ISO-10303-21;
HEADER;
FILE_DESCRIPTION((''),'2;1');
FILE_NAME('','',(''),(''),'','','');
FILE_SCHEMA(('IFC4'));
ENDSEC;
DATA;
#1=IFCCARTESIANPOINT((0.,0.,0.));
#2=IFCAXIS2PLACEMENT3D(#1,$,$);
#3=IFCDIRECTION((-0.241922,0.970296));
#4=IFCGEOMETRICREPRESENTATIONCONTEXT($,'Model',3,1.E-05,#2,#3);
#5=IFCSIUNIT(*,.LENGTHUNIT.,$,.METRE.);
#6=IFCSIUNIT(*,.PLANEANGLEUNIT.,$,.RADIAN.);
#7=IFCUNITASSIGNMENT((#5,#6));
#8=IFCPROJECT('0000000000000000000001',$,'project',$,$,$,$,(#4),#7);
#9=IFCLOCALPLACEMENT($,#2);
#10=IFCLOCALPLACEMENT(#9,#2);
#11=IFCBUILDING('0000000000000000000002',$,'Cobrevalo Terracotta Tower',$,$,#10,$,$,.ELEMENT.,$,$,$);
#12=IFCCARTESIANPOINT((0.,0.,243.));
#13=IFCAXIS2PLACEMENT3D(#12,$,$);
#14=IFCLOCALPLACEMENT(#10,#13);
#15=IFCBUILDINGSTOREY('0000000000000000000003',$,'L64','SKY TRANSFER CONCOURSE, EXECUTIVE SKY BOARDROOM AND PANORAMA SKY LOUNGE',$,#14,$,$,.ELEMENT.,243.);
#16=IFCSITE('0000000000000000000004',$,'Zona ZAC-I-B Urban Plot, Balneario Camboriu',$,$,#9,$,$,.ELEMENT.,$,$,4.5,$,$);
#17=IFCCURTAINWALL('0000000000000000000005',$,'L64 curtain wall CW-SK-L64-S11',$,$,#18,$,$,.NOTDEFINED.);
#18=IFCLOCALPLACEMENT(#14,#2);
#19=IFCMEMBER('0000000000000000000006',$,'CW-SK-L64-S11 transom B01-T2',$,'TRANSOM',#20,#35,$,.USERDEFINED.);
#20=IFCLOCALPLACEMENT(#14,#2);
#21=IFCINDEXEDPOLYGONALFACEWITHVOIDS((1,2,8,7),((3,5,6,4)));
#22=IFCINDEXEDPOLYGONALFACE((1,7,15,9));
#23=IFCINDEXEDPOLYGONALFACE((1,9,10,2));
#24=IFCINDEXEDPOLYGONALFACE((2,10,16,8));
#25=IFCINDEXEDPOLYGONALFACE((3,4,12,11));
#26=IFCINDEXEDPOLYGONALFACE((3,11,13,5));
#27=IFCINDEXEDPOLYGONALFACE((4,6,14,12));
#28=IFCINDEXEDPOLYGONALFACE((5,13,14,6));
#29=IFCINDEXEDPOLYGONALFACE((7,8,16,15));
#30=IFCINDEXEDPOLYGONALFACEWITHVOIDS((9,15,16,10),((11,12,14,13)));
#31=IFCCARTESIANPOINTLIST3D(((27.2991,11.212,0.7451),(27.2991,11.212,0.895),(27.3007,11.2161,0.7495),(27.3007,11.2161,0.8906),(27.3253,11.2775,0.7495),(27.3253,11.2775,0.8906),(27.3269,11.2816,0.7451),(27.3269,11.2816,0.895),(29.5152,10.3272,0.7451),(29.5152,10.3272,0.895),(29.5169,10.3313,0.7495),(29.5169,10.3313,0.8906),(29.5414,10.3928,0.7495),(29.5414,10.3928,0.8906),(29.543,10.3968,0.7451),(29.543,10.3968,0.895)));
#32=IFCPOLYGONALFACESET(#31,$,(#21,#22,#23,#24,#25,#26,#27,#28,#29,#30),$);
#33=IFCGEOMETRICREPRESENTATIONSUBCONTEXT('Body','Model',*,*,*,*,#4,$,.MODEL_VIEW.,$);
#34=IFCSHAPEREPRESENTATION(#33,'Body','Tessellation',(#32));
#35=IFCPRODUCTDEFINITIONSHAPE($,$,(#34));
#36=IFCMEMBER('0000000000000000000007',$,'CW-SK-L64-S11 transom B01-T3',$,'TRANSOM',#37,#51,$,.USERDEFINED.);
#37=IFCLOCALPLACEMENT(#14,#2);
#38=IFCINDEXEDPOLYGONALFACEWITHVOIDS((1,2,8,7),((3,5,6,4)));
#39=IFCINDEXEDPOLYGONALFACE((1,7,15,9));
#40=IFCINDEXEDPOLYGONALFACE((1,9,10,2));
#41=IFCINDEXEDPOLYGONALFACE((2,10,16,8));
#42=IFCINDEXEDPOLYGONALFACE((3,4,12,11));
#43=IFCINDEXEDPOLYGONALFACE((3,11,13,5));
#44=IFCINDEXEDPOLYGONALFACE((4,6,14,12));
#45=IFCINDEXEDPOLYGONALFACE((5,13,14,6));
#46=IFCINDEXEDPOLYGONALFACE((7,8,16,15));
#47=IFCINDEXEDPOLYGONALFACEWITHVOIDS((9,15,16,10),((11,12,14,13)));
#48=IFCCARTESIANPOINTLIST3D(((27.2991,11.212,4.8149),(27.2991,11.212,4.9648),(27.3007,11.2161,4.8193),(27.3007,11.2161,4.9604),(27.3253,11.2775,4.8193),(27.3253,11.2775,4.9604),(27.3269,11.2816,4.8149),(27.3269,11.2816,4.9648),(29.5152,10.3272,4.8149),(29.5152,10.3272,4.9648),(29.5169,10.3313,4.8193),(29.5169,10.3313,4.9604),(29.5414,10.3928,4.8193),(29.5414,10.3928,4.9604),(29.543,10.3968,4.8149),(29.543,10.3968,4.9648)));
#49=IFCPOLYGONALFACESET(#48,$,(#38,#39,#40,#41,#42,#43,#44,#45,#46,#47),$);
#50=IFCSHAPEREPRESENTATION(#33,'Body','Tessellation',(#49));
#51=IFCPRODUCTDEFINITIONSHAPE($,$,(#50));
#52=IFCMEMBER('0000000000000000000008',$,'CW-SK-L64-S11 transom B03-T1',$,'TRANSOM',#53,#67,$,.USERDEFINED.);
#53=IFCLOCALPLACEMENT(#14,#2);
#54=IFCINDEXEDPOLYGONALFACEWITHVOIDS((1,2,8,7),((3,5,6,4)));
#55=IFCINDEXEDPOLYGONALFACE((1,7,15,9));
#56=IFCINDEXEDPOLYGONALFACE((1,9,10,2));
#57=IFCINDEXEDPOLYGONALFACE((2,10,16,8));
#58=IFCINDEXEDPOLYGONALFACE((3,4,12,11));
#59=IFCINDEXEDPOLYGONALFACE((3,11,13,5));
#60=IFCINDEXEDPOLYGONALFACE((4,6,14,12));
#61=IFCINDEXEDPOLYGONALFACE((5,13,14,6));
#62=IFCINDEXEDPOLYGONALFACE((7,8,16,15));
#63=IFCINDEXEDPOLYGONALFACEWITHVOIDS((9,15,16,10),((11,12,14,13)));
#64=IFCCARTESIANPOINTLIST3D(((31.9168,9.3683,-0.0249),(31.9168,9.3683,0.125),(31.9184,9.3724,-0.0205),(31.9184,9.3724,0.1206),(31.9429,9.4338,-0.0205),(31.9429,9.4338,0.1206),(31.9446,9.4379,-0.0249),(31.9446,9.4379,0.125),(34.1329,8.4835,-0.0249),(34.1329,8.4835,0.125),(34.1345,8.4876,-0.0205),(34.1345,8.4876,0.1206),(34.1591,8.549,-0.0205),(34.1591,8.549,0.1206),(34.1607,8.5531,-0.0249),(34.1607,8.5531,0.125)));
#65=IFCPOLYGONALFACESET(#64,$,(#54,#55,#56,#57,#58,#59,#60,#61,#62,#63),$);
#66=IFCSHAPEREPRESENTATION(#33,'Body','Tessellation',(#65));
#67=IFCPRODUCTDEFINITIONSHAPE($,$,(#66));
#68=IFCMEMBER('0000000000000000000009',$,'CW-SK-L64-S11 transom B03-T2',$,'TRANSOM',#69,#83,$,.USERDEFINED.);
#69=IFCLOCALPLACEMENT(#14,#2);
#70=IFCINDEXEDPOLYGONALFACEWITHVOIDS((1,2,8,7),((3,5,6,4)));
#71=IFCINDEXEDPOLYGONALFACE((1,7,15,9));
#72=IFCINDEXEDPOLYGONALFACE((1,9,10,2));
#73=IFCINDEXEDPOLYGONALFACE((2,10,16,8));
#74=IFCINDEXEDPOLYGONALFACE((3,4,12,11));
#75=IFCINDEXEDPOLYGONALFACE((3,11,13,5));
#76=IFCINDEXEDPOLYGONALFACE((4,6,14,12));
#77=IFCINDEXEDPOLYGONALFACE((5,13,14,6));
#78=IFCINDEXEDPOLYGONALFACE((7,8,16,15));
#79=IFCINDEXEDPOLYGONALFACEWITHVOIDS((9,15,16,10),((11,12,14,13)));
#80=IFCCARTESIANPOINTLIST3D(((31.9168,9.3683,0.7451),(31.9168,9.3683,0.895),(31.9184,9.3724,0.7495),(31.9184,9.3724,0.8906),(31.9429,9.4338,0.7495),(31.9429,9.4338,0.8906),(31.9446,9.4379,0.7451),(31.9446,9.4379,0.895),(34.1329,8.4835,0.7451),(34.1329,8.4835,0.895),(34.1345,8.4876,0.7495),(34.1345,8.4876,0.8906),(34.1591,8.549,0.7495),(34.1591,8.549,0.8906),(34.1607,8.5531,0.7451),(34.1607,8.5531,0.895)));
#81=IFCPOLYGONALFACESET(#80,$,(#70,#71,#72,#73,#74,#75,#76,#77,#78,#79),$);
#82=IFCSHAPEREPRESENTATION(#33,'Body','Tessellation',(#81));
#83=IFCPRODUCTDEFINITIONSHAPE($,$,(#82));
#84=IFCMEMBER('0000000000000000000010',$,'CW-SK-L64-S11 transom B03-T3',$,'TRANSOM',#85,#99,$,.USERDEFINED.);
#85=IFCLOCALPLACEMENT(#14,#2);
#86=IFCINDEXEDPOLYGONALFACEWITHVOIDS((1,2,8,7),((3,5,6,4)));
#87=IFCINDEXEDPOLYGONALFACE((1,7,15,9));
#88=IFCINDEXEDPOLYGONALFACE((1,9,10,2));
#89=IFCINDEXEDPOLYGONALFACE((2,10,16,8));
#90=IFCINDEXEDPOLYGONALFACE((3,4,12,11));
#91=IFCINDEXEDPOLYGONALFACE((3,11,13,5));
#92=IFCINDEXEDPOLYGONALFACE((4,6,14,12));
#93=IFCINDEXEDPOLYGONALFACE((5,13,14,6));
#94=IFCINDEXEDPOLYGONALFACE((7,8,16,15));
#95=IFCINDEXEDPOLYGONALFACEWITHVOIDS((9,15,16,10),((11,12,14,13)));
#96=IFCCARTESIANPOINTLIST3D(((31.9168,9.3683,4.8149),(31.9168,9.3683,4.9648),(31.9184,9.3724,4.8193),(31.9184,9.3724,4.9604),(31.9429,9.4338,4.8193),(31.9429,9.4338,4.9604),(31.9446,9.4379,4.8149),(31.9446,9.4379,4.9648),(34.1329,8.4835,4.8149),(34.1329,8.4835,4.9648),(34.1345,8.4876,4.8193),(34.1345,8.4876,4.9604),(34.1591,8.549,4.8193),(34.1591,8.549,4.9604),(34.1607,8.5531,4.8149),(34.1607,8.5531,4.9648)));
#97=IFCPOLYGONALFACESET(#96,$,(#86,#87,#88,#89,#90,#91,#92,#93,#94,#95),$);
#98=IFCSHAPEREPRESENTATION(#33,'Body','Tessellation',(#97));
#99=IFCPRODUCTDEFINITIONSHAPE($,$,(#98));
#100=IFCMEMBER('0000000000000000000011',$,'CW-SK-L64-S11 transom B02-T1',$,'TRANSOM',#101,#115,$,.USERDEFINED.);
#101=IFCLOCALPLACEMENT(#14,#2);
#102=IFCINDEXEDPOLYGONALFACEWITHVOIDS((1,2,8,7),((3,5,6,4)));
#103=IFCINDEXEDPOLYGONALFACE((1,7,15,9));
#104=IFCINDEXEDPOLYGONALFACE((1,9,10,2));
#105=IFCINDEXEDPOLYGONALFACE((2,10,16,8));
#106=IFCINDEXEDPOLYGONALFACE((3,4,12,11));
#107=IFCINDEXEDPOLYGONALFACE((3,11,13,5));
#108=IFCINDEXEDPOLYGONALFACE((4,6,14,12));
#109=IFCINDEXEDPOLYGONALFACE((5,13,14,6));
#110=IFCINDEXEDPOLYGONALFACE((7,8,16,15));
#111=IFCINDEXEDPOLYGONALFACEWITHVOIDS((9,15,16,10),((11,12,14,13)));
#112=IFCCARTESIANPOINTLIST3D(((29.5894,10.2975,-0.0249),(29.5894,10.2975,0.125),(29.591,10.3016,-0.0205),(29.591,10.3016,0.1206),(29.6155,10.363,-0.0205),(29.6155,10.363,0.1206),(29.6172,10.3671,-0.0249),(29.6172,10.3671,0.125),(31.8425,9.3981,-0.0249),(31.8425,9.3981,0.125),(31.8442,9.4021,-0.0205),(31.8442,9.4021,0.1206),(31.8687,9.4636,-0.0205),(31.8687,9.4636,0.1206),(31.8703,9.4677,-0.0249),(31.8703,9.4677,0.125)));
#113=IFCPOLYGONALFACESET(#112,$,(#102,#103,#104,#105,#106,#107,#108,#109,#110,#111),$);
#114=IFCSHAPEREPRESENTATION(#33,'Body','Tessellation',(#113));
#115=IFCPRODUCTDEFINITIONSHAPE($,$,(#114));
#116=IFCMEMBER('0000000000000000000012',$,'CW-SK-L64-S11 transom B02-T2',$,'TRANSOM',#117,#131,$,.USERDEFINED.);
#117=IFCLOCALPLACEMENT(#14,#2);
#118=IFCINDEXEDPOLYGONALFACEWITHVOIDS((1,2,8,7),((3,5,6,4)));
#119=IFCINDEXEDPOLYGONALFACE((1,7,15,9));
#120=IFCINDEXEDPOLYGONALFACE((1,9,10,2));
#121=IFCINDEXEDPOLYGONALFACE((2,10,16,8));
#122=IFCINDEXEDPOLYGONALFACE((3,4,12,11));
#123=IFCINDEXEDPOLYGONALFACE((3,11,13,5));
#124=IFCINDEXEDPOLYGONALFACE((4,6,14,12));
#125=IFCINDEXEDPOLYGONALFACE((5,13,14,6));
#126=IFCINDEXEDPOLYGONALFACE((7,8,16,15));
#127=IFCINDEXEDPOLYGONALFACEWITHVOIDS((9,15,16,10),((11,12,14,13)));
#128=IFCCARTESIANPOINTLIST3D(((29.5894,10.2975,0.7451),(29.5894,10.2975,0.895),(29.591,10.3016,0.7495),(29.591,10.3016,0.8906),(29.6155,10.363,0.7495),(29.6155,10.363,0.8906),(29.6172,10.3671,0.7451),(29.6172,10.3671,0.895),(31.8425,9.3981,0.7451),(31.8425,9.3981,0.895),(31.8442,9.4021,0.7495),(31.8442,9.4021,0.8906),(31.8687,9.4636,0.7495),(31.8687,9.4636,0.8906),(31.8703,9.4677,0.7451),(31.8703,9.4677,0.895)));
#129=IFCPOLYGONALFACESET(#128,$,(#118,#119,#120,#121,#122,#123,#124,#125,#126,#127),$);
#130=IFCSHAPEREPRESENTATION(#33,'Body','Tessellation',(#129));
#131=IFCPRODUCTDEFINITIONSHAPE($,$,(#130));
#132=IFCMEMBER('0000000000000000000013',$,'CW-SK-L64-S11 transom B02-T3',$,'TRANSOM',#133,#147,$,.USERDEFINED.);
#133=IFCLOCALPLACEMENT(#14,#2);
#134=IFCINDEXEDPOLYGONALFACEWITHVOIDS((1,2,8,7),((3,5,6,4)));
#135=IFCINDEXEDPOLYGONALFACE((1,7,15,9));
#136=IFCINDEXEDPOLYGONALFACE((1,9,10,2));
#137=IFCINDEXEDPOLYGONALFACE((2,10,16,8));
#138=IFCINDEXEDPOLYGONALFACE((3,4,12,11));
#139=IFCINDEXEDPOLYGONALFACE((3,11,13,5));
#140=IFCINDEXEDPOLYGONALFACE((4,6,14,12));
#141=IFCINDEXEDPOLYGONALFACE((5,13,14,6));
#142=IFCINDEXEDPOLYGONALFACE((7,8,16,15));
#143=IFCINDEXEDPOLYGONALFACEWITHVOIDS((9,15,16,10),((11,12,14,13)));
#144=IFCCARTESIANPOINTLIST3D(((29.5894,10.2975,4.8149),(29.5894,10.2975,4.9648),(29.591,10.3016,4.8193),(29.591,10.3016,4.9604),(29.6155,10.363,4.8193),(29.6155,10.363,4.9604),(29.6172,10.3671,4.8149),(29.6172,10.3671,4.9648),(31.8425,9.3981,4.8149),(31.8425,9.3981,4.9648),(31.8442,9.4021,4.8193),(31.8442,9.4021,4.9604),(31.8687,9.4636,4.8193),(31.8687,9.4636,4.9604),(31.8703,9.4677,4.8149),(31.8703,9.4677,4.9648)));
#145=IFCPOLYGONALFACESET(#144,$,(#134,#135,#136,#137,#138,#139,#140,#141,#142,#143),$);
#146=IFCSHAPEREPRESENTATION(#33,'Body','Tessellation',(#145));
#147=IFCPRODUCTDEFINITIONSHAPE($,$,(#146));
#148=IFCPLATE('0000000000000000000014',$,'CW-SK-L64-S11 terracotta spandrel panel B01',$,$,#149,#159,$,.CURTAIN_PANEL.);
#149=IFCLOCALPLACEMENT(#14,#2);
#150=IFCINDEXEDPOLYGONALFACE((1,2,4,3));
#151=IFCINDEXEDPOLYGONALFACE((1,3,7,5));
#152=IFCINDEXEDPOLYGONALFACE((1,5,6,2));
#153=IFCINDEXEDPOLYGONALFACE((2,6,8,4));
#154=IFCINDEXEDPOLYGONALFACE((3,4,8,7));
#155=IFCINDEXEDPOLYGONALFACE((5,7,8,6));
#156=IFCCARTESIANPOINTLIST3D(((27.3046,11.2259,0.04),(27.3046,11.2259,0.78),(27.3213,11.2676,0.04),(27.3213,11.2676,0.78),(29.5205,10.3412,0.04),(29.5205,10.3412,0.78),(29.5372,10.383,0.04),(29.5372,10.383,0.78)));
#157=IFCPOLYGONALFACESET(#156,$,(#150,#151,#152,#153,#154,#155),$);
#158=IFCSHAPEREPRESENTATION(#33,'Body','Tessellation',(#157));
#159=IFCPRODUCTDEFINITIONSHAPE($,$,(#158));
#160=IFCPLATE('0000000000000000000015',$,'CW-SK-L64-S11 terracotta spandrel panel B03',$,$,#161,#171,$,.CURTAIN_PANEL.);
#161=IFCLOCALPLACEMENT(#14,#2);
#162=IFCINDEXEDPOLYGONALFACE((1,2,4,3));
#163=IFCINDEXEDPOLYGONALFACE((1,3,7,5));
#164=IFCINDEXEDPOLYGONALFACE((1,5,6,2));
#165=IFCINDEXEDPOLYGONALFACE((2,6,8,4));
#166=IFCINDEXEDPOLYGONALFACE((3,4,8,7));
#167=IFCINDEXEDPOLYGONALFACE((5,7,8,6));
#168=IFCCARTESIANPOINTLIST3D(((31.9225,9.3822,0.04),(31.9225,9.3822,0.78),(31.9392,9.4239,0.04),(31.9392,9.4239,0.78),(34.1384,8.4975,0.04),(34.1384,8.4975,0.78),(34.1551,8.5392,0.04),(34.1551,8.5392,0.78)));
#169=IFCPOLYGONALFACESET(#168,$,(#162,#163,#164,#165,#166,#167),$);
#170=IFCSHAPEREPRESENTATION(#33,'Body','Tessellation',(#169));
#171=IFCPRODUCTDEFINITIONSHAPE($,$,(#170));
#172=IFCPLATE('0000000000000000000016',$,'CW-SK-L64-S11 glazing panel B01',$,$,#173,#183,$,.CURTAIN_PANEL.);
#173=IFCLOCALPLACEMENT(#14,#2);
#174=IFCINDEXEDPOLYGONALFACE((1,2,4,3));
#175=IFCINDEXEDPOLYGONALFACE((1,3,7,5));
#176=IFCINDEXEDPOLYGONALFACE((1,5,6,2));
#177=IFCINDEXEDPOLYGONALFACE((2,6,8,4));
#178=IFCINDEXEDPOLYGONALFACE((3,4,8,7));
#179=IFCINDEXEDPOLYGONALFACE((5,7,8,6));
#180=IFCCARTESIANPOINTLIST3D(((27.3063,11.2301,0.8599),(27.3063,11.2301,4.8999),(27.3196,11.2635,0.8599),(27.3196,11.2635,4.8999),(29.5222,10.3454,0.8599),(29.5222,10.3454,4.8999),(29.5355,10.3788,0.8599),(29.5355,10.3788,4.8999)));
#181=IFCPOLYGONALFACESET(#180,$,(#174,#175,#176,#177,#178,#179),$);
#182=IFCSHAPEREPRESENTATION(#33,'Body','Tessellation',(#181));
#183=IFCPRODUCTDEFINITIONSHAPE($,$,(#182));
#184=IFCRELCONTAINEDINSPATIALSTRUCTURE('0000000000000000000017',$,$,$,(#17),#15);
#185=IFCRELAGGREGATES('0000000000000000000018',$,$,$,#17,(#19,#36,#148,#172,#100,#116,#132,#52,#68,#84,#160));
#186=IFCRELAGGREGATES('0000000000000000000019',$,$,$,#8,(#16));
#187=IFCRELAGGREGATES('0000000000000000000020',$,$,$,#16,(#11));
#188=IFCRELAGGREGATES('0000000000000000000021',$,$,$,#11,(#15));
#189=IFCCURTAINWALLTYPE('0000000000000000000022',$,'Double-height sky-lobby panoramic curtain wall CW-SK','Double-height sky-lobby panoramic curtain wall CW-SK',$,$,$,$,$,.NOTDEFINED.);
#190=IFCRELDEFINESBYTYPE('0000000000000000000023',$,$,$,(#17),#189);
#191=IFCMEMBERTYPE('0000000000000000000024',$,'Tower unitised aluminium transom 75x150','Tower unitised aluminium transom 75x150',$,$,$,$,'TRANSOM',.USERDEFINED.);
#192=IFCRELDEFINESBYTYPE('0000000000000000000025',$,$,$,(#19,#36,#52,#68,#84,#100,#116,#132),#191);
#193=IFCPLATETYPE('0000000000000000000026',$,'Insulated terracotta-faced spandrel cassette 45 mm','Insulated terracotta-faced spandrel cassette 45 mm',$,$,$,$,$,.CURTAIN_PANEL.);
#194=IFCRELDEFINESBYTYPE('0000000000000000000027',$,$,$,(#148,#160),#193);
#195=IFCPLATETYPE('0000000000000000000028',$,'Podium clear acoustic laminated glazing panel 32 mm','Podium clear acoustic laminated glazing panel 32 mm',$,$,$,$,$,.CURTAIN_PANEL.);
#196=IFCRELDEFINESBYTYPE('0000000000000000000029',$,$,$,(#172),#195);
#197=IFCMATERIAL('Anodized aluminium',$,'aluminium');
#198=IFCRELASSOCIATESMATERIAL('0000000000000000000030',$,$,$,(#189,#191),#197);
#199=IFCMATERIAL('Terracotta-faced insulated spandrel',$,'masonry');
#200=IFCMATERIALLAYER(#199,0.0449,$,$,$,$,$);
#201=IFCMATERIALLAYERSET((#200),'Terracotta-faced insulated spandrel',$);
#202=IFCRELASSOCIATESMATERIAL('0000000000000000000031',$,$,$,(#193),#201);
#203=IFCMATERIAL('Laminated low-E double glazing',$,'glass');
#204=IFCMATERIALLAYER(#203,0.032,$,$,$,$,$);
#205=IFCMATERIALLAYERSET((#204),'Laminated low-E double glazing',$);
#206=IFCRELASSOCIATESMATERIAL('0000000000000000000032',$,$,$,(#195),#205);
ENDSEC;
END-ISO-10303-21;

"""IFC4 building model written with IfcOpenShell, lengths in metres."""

from ifc_helpers import new_model, si_unit, direction, frame, origin, origin_2d, place, context, subcontext, project, spatial, rectangle, hollow_rectangle, extrude, source, transform, mapped, material, layer, layer_set, material_profile, profile_set, type_object, element, aggregate, save


model = new_model("IFC4")

# Units and contexts
model_context = context("Model", 3, precision=1e-05, world=origin(), true_north=direction((-0.241922, 0.970296)))
body_context = subcontext(model_context, "Body", "Model", "MODEL_VIEW")
ifc_project = project(units=[si_unit("LENGTHUNIT", "METRE"), si_unit("PLANEANGLEUNIT", "RADIAN")], contexts=[model_context])

# Site, building, storey
site_placement = place(None, origin())
site = spatial("IfcSite", under=ifc_project, at=site_placement, Name="Zona ZAC-I-B Urban Plot, Balneario Camboriu", CompositionType="ELEMENT", RefElevation=4.5)
building_placement = place(site_placement, origin())
building = spatial("IfcBuilding", under=site, at=building_placement, Name="Cobrevalo Terracotta Tower", CompositionType="ELEMENT")
storey_placement = place(building_placement, frame((0.0, 0.0, 243.0)))
storey = spatial("IfcBuildingStorey", under=building, at=storey_placement, Name="L64", Description="SKY TRANSFER CONCOURSE, EXECUTIVE SKY BOARDROOM AND PANORAMA SKY LOUNGE", CompositionType="ELEMENT", Elevation=243.0)

# Shared definitions
ifc_material_1 = material(Name="Anodized aluminium", Category="aluminium")
curtain_wall_type = type_object("IfcCurtainWallType", Name="Double-height sky-lobby panoramic curtain wall CW-SK", Description="Double-height sky-lobby panoramic curtain wall CW-SK", PredefinedType="NOTDEFINED", material=ifc_material_1)

# Curtain wall, members, plates
curtain_wall_1_placement = place(storey_placement, origin())
curtain_wall_1 = element("IfcCurtainWall", 1, at=curtain_wall_1_placement, inside=storey, type_object=curtain_wall_type, Name="L64 curtain wall CW-SK-L64-S11", PredefinedType="NOTDEFINED")
ifc_material_profile_1 = material_profile(ifc_material_1, hollow_rectangle(XDim=0.075, YDim=0.1499, WallThickness=0.0044, at=origin_2d()), Name="CWT 75x150")
ifc_profile_set_1 = profile_set([ifc_material_profile_1], Name="Anodized aluminium")
member_type_1 = type_object("IfcMemberType", Name="Tower unitised aluminium transom 75x150", Description="Tower unitised aluminium transom 75x150", ElementType="TRANSOM", PredefinedType="USERDEFINED", material=ifc_profile_set_1)
shared_shape_1 = source(origin(), body_context, "Body", "SweptSolid", [
    extrude(hollow_rectangle(XDim=0.075, YDim=0.1499, WallThickness=0.0044, at=origin_2d()), origin(), (0.0, 0.0, 1.0), 2.3862),
])
member_1_placement = place(storey_placement, frame((27.313, 11.2468, 0.8201), z_axis=(0.928716, -0.370791, 0.0), x_axis=(0.370791, 0.928716, 0.0)))
member_1 = element("IfcMember", 2, at=member_1_placement, type_object=member_type_1, Name="CW-SK-L64-S11 transom B01-T2", ObjectType="TRANSOM", PredefinedType="USERDEFINED", context=body_context, shape_type="MappedRepresentation", body=[
    mapped(shared_shape_1, transform((0.0, 0.0, 0.0), scale=1.0)),
])
member_2_placement = place(storey_placement, frame((27.313, 11.2468, 4.8899), z_axis=(0.928716, -0.370791, 0.0), x_axis=(0.370791, 0.928716, 0.0)))
member_2 = element("IfcMember", 3, at=member_2_placement, type_object=member_type_1, Name="CW-SK-L64-S11 transom B01-T3", ObjectType="TRANSOM", PredefinedType="USERDEFINED", context=body_context, shape_type="MappedRepresentation", body=[
    mapped(shared_shape_1, transform((0.0, 0.0, 0.0), scale=1.0)),
])
member_3_placement = place(storey_placement, frame((31.9307, 9.4031, 0.05), z_axis=(0.928716, -0.370791, 0.0), x_axis=(0.370791, 0.928716, 0.0)))
member_3 = element("IfcMember", 4, at=member_3_placement, type_object=member_type_1, Name="CW-SK-L64-S11 transom B03-T1", ObjectType="TRANSOM", PredefinedType="USERDEFINED", context=body_context, shape_type="MappedRepresentation", body=[
    mapped(shared_shape_1, transform((0.0, 0.0, 0.0), scale=1.0)),
])
member_4_placement = place(storey_placement, frame((31.9307, 9.4031, 0.8201), z_axis=(0.928716, -0.370791, 0.0), x_axis=(0.370791, 0.928716, 0.0)))
member_4 = element("IfcMember", 5, at=member_4_placement, type_object=member_type_1, Name="CW-SK-L64-S11 transom B03-T2", ObjectType="TRANSOM", PredefinedType="USERDEFINED", context=body_context, shape_type="MappedRepresentation", body=[
    mapped(shared_shape_1, transform((0.0, 0.0, 0.0), scale=1.0)),
])
member_5_placement = place(storey_placement, frame((31.9307, 9.4031, 4.8899), z_axis=(0.928716, -0.370791, 0.0), x_axis=(0.370791, 0.928716, 0.0)))
member_5 = element("IfcMember", 6, at=member_5_placement, type_object=member_type_1, Name="CW-SK-L64-S11 transom B03-T3", ObjectType="TRANSOM", PredefinedType="USERDEFINED", context=body_context, shape_type="MappedRepresentation", body=[
    mapped(shared_shape_1, transform((0.0, 0.0, 0.0), scale=1.0)),
])
shared_shape_2 = source(origin(), body_context, "Body", "SweptSolid", [
    extrude(hollow_rectangle(XDim=0.075, YDim=0.1499, WallThickness=0.0044, at=origin_2d()), origin(), (0.0, 0.0, 1.0), 2.426),
])
member_6_placement = place(storey_placement, frame((29.6033, 10.3323, 0.05), z_axis=(0.92874, -0.370731, 0.0), x_axis=(0.370731, 0.92874, 0.0)))
member_6 = element("IfcMember", 7, at=member_6_placement, type_object=member_type_1, Name="CW-SK-L64-S11 transom B02-T1", ObjectType="TRANSOM", PredefinedType="USERDEFINED", context=body_context, shape_type="MappedRepresentation", body=[
    mapped(shared_shape_2, transform((0.0, 0.0, 0.0), scale=1.0)),
])
member_7_placement = place(storey_placement, frame((29.6033, 10.3323, 0.8201), z_axis=(0.92874, -0.370731, 0.0), x_axis=(0.370731, 0.92874, 0.0)))
member_7 = element("IfcMember", 8, at=member_7_placement, type_object=member_type_1, Name="CW-SK-L64-S11 transom B02-T2", ObjectType="TRANSOM", PredefinedType="USERDEFINED", context=body_context, shape_type="MappedRepresentation", body=[
    mapped(shared_shape_2, transform((0.0, 0.0, 0.0), scale=1.0)),
])
member_8_placement = place(storey_placement, frame((29.6033, 10.3323, 4.8899), z_axis=(0.92874, -0.370731, 0.0), x_axis=(0.370731, 0.92874, 0.0)))
member_8 = element("IfcMember", 9, at=member_8_placement, type_object=member_type_1, Name="CW-SK-L64-S11 transom B02-T3", ObjectType="TRANSOM", PredefinedType="USERDEFINED", context=body_context, shape_type="MappedRepresentation", body=[
    mapped(shared_shape_2, transform((0.0, 0.0, 0.0), scale=1.0)),
])
ifc_material_2 = material(Name="Terracotta-faced insulated spandrel", Category="masonry")
ifc_layer_1 = layer(ifc_material_2, 0.0449)
ifc_layer_set_1 = layer_set([ifc_layer_1], Name="Terracotta-faced insulated spandrel")
plate_type_1 = type_object("IfcPlateType", Name="Insulated terracotta-faced spandrel cassette 45 mm", Description="Insulated terracotta-faced spandrel cassette 45 mm", PredefinedType="CURTAIN_PANEL", material=ifc_layer_set_1)
shared_shape_3 = source(origin(), body_context, "Body", "SweptSolid", [
    extrude(rectangle(XDim=2.386, YDim=0.0449, at=origin_2d()), origin(), (0.0, 0.0, 1.0), 0.74),
])
plate_1_placement = place(storey_placement, frame((28.4209, 10.8044, 0.04), z_axis=(0.0, 0.0, 1.0), x_axis=(0.928718, -0.370786, 0.0)))
plate_1 = element("IfcPlate", 10, at=plate_1_placement, type_object=plate_type_1, Name="CW-SK-L64-S11 terracotta spandrel panel B01", PredefinedType="CURTAIN_PANEL", context=body_context, shape_type="MappedRepresentation", body=[
    mapped(shared_shape_3, transform((0.0, 0.0, 0.0), scale=1.0)),
])
plate_2_placement = place(storey_placement, frame((33.0388, 8.9607, 0.04), z_axis=(0.0, 0.0, 1.0), x_axis=(0.928718, -0.370786, 0.0)))
plate_2 = element("IfcPlate", 11, at=plate_2_placement, type_object=plate_type_1, Name="CW-SK-L64-S11 terracotta spandrel panel B03", PredefinedType="CURTAIN_PANEL", context=body_context, shape_type="MappedRepresentation", body=[
    mapped(shared_shape_3, transform((0.0, 0.0, 0.0), scale=1.0)),
])
ifc_material_3 = material(Name="Laminated low-E double glazing", Category="glass")
ifc_layer_2 = layer(ifc_material_3, 0.032)
ifc_layer_set_2 = layer_set([ifc_layer_2], Name="Laminated low-E double glazing")
plate_type_2 = type_object("IfcPlateType", Name="Podium clear acoustic laminated glazing panel 32 mm", Description="Podium clear acoustic laminated glazing panel 32 mm", PredefinedType="CURTAIN_PANEL", material=ifc_layer_set_2)
shared_shape_4 = source(origin(), body_context, "Body", "SweptSolid", [
    extrude(rectangle(XDim=2.386, YDim=0.0359, at=origin_2d()), origin(), (0.0, 0.0, 1.0), 4.04),
])
plate_3_placement = place(storey_placement, frame((28.4209, 10.8044, 0.8599), z_axis=(0.0, 0.0, 1.0), x_axis=(0.928718, -0.370786, 0.0)))
plate_3 = element("IfcPlate", 12, at=plate_3_placement, type_object=plate_type_2, Name="CW-SK-L64-S11 glazing panel B01", PredefinedType="CURTAIN_PANEL", context=body_context, shape_type="MappedRepresentation", body=[
    mapped(shared_shape_4, transform((0.0, 0.0, 0.0), scale=1.0)),
])
aggregate(curtain_wall_1, [member_1, member_2, plate_1, plate_3, member_6, member_7, member_8, member_3, member_4, member_5, plate_2])

save(model, "model.ifc")
